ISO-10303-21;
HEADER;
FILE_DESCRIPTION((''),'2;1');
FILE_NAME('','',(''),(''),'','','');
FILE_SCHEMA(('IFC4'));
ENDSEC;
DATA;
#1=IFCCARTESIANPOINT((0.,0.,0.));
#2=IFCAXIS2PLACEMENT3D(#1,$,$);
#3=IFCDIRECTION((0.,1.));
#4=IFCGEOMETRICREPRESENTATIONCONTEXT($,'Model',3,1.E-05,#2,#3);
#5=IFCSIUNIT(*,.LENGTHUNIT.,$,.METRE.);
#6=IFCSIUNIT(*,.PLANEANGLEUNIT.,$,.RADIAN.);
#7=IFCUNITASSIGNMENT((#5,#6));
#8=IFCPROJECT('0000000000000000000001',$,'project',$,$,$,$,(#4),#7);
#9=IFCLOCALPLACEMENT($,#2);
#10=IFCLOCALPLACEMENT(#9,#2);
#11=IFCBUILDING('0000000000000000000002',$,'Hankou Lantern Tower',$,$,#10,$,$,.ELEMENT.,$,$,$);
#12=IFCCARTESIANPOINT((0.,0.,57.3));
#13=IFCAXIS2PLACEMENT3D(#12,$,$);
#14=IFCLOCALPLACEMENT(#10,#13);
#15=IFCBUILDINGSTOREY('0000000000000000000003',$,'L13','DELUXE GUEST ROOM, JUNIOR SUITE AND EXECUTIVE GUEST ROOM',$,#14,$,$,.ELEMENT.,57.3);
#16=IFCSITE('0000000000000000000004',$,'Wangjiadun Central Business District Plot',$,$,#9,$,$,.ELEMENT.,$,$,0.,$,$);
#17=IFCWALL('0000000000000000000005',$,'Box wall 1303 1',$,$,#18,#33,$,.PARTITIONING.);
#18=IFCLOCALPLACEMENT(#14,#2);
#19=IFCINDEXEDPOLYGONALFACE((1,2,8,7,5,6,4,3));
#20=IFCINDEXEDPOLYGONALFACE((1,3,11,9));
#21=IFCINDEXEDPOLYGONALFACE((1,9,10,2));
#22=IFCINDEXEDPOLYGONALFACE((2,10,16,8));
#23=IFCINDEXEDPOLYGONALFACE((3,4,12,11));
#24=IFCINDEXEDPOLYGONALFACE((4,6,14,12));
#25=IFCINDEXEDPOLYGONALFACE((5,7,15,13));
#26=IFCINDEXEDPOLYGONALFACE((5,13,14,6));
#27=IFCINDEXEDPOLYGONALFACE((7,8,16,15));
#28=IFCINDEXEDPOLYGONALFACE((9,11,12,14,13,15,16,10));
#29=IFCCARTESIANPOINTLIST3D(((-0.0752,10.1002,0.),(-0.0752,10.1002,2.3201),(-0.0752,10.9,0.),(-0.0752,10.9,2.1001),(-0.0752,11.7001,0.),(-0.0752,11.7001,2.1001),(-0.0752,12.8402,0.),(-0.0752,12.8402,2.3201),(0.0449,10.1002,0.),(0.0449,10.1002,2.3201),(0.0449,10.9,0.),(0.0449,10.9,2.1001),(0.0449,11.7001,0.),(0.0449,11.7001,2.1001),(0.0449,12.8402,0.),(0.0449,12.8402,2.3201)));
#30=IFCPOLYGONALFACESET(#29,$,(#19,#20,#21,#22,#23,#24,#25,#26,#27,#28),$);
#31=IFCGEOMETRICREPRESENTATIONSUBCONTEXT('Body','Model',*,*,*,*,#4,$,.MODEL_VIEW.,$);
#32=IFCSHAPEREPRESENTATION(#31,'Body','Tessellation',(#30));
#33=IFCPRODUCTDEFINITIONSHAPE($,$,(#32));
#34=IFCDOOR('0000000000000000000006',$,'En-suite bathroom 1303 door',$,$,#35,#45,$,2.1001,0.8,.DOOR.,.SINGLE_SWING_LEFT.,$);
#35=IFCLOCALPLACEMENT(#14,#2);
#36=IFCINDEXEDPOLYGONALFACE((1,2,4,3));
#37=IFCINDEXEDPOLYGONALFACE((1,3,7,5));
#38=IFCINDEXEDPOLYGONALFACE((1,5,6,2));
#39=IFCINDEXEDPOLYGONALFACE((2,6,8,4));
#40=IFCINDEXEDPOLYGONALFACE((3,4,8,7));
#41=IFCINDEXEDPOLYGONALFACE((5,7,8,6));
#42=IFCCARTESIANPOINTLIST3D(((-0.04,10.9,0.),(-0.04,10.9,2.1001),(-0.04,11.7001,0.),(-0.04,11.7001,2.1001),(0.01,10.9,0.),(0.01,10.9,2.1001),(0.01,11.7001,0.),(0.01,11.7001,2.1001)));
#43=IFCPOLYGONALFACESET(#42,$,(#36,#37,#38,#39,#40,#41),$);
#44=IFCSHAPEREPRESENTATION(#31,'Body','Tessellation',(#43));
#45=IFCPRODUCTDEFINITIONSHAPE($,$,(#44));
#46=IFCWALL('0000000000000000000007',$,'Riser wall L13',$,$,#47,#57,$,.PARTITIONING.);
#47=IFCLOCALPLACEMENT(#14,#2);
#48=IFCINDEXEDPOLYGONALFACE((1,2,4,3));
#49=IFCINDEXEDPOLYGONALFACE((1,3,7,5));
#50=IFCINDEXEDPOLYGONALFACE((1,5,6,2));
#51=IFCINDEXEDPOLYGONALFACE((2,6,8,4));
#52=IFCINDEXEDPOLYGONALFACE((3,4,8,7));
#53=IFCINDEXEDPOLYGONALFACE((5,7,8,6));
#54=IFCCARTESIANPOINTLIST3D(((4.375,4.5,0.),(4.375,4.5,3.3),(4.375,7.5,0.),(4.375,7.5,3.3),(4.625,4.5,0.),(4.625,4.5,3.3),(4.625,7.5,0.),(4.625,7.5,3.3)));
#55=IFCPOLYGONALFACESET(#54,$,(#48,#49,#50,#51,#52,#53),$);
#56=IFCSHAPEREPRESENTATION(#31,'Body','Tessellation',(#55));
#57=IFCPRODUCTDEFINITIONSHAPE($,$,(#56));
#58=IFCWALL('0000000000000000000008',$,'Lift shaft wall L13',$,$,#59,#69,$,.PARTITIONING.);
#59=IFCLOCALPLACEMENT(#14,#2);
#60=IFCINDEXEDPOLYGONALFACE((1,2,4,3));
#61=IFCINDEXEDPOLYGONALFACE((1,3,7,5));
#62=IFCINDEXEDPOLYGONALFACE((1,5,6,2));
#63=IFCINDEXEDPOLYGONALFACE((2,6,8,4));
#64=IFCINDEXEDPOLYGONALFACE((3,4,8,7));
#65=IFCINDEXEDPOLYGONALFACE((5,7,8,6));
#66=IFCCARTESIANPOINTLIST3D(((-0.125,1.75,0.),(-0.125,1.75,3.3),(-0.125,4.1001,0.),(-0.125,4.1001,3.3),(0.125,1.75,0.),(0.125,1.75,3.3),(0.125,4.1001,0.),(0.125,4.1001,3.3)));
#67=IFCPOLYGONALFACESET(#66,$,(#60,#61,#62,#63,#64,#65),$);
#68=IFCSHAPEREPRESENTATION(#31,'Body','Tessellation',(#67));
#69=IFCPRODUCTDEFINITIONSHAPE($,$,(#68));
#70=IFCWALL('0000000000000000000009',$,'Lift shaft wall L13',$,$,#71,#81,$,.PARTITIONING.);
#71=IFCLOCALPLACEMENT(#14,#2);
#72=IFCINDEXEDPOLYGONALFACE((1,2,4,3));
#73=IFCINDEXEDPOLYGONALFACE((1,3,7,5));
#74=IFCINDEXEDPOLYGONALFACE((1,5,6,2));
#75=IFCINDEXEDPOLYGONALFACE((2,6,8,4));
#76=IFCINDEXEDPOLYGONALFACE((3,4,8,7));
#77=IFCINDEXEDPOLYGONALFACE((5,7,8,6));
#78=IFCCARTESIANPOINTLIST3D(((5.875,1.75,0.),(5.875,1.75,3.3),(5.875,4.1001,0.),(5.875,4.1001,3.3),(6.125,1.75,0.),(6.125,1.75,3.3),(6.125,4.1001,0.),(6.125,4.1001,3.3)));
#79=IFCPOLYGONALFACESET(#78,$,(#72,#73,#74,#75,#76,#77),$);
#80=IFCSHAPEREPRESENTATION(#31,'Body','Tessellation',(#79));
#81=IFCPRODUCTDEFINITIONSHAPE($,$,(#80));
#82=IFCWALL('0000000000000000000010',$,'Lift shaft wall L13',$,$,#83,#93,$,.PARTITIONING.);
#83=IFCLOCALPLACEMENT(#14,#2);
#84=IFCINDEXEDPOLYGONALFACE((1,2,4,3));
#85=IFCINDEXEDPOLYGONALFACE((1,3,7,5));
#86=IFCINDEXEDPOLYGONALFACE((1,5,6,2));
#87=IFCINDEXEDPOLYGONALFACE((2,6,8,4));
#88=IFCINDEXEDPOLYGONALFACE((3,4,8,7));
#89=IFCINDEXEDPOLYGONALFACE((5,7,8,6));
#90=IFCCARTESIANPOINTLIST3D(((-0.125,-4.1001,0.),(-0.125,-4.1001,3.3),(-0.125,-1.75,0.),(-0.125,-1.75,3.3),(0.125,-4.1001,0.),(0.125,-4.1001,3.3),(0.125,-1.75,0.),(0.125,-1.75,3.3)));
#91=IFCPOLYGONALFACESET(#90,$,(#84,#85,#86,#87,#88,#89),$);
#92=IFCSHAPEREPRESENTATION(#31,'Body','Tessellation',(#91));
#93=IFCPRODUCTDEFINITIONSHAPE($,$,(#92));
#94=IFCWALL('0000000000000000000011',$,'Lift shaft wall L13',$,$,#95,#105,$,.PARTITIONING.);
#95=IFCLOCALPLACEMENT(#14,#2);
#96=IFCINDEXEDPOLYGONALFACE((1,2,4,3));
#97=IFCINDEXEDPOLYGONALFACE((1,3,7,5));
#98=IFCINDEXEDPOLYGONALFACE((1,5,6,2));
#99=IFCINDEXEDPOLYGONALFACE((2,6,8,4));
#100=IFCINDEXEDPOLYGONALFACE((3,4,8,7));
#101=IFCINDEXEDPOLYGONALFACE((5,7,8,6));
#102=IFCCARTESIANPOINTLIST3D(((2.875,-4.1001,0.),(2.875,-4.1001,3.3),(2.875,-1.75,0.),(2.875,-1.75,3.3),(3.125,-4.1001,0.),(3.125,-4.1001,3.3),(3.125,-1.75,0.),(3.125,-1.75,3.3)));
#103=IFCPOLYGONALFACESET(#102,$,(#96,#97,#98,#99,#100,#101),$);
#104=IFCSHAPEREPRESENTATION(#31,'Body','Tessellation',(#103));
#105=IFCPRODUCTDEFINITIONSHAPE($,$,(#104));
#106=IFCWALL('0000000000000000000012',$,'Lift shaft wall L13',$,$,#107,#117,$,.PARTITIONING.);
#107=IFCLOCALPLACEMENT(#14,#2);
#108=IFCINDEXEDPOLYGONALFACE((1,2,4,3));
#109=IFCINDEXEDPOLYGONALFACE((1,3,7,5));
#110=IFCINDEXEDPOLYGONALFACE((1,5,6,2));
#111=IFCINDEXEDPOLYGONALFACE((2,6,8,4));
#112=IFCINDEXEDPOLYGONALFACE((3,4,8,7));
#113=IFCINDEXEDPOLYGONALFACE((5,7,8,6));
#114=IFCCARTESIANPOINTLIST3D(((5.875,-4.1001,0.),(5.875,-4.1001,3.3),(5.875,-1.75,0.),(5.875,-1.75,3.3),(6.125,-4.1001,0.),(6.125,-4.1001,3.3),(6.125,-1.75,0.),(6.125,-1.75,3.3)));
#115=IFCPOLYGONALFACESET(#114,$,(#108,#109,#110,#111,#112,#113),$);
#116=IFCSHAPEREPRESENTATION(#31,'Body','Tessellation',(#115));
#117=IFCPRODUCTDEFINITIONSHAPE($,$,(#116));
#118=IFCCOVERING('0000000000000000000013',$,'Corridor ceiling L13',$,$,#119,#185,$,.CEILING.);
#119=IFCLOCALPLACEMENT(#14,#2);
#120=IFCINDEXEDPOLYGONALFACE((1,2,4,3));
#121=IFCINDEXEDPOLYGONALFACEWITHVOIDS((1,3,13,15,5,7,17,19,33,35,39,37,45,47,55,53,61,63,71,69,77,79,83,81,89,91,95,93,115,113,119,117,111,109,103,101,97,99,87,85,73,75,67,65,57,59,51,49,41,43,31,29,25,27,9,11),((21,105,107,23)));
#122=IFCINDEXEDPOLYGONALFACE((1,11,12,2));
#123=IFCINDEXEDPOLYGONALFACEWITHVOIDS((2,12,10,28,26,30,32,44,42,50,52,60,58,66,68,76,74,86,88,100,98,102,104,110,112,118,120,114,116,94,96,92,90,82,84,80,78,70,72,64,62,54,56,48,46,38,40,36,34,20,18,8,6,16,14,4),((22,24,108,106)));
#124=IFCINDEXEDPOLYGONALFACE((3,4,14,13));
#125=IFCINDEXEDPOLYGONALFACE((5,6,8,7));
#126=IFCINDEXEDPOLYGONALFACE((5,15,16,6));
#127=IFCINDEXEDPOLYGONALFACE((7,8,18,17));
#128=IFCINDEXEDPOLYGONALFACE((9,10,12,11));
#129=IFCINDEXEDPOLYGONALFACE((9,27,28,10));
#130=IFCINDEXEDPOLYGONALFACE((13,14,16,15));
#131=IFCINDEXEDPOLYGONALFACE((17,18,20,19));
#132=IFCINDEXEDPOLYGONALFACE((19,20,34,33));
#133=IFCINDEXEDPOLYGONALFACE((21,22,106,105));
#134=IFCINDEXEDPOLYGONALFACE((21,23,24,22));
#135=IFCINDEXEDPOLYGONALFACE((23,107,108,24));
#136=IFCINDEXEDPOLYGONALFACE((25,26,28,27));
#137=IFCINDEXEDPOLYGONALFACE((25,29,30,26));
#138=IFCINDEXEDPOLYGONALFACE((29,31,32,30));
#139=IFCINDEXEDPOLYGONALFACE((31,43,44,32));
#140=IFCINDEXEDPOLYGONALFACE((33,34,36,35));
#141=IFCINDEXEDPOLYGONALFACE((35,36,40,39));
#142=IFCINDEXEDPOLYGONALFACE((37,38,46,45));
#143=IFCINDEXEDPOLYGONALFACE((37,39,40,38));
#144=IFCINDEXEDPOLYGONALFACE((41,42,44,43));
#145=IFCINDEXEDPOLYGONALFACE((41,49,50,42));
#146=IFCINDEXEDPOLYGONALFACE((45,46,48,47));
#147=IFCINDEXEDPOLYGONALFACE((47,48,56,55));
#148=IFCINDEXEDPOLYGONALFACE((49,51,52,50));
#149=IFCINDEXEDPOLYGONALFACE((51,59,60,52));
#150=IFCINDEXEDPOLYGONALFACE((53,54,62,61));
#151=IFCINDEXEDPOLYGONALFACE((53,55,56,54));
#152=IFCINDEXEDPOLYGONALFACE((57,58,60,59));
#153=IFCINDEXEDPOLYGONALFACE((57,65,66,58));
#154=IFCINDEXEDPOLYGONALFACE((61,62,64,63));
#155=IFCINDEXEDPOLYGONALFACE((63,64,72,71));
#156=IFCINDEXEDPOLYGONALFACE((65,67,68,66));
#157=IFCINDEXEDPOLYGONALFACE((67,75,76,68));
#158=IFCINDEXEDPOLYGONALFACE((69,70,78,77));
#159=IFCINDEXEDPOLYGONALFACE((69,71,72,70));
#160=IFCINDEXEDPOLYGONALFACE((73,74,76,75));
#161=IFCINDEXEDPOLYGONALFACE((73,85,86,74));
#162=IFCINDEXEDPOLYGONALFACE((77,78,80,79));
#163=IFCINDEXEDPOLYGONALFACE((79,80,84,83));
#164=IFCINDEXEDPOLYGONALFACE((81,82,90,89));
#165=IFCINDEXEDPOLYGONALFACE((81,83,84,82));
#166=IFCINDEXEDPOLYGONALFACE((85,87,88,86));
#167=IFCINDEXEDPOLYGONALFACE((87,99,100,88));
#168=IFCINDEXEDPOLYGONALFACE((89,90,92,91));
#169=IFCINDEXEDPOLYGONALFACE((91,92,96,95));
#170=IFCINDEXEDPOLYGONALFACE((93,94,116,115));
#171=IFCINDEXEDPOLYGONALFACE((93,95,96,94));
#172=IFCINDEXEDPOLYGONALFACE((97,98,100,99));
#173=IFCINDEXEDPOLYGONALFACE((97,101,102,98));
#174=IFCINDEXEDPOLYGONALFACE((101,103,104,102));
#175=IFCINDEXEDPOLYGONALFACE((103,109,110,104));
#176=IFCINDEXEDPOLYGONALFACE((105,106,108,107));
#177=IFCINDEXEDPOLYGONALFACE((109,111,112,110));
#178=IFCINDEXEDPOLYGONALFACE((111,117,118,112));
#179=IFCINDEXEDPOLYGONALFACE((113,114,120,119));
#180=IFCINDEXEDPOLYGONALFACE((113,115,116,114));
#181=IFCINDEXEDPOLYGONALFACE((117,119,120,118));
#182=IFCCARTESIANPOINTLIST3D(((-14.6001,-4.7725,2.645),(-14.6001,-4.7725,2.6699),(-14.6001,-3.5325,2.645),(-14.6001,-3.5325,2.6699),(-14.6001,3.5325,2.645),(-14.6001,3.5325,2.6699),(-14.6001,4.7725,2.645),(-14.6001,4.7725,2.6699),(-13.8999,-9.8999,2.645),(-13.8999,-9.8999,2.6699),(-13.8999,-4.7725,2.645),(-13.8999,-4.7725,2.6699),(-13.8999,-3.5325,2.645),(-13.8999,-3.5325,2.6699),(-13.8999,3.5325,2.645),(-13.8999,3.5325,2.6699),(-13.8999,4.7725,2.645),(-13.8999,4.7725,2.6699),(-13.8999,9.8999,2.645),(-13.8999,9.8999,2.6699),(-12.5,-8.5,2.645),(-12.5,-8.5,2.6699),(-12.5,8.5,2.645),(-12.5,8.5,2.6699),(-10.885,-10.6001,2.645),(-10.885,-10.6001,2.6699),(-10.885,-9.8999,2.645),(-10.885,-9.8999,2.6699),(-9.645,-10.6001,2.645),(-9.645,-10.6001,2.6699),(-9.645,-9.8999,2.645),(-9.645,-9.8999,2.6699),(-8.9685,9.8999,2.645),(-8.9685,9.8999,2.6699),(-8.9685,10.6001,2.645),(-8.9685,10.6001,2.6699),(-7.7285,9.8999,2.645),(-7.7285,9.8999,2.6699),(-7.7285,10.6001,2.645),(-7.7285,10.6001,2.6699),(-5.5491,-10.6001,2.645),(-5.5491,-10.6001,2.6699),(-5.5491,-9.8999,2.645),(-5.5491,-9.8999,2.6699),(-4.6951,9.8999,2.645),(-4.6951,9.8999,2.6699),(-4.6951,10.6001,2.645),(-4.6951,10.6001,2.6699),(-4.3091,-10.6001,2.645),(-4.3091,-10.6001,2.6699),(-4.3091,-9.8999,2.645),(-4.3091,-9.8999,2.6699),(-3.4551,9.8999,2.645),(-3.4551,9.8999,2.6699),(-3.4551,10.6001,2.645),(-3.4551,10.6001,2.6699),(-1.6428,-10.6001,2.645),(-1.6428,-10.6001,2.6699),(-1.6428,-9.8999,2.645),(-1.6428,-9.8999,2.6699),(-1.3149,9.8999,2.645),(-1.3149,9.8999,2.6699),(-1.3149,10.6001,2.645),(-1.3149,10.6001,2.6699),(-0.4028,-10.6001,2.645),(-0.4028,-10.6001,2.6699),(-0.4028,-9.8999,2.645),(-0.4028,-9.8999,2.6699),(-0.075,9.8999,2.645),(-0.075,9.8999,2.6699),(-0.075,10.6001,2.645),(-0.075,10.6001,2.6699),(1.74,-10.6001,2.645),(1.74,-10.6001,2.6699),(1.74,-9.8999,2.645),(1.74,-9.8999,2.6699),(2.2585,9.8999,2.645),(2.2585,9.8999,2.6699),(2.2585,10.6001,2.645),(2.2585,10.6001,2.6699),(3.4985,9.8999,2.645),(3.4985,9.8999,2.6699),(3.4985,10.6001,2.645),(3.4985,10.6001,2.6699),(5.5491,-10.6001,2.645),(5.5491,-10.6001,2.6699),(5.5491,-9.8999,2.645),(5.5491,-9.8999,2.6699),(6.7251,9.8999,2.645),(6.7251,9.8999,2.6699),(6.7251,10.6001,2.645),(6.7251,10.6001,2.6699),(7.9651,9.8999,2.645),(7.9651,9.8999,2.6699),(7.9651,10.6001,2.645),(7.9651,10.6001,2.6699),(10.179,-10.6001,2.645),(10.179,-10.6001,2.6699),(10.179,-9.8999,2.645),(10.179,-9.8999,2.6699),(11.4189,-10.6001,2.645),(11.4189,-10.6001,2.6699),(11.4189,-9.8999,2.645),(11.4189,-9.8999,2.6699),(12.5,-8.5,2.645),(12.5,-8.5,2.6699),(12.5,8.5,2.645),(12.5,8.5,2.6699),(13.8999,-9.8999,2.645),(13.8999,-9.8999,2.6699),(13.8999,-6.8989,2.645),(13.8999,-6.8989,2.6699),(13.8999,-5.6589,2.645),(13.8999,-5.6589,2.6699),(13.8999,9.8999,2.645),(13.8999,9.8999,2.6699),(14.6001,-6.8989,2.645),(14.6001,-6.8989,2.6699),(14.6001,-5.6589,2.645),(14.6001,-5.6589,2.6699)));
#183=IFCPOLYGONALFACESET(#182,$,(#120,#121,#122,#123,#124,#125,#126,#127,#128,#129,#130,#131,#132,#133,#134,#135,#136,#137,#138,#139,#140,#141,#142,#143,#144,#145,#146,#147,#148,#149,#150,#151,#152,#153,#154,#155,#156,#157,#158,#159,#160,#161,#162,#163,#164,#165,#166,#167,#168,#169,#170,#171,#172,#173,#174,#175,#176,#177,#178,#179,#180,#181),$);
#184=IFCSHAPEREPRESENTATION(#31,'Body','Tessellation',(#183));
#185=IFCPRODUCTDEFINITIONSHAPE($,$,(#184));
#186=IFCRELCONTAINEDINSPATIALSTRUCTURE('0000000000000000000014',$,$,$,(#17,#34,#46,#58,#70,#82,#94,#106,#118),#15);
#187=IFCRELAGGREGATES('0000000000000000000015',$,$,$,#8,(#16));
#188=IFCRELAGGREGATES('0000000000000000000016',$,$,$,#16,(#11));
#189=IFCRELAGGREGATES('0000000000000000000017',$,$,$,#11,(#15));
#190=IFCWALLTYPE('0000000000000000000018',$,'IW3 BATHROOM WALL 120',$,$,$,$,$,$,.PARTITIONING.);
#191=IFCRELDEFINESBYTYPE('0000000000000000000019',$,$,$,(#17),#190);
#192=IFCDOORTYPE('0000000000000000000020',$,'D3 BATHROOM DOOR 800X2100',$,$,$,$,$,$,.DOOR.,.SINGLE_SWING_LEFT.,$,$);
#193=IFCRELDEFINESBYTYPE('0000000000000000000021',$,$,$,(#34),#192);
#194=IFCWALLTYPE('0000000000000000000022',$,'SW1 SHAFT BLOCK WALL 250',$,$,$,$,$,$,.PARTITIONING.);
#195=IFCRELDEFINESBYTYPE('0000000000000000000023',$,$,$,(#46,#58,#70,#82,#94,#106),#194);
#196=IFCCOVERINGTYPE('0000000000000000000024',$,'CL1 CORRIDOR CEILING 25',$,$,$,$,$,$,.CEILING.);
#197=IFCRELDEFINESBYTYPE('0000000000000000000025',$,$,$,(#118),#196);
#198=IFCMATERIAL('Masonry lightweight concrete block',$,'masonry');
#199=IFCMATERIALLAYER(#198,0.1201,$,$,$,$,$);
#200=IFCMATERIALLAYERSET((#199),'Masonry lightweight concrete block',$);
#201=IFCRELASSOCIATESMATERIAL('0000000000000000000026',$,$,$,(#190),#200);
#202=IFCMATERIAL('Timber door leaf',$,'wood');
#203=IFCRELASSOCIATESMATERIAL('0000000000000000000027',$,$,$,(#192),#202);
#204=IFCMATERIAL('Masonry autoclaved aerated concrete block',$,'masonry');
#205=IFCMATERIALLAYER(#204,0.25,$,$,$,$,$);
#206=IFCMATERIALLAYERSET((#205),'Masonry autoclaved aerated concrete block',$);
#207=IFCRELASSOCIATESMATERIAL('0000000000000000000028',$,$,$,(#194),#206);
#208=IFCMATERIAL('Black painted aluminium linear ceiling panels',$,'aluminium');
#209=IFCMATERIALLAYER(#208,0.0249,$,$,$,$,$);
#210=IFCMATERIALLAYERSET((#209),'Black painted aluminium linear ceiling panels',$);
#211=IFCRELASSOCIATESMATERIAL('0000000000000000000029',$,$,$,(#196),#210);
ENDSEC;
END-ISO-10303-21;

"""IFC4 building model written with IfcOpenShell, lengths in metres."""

from ifc_helpers import new_model, si_unit, direction, frame, frame_2d, origin, place, context, subcontext, project, spatial, polyline, rectangle, outline, extrude, material, layer, layer_set, type_object, element, fill, save


model = new_model("IFC4")

# Units and contexts
model_context = context("Model", 3, precision=1e-05, world=origin(), true_north=direction((0.0, 1.0)))
body_context = subcontext(model_context, "Body", "Model", "MODEL_VIEW")
ifc_project = project(units=[si_unit("LENGTHUNIT", "METRE"), si_unit("PLANEANGLEUNIT", "RADIAN")], contexts=[model_context])

# Site, building, storey
site_placement = place(None, origin())
site = spatial("IfcSite", under=ifc_project, at=site_placement, Name="Wangjiadun Central Business District Plot", CompositionType="ELEMENT", RefElevation=0.0)
building_placement = place(site_placement, origin())
building = spatial("IfcBuilding", under=site, at=building_placement, Name="Hankou Lantern Tower", CompositionType="ELEMENT")
storey_placement = place(building_placement, frame((0.0, 0.0, 57.3)))
storey = spatial("IfcBuildingStorey", under=building, at=storey_placement, Name="L13", Description="DELUXE GUEST ROOM, JUNIOR SUITE AND EXECUTIVE GUEST ROOM", CompositionType="ELEMENT", Elevation=57.3)

# Wall, opening, door
ifc_material_1 = material(Name="Masonry lightweight concrete block", Category="masonry")
ifc_layer_1 = layer(ifc_material_1, 0.1201)
ifc_layer_set_1 = layer_set([ifc_layer_1], Name="Masonry lightweight concrete block")
wall_type_1 = type_object("IfcWallType", Name="IW3 BATHROOM WALL 120", PredefinedType="PARTITIONING", material=ifc_layer_set_1)
wall_1_placement = place(storey_placement, frame((-0.0151, 10.1001, 0.0), z_axis=(0.0, 0.0, 1.0), x_axis=(0.0, 1.0, 0.0)))
wall_1 = element("IfcWall", 1, at=wall_1_placement, inside=storey, type_object=wall_type_1, Name="Box wall 1303 1", PredefinedType="PARTITIONING", context=body_context, shape_type="SweptSolid", body=[
    extrude(rectangle(XDim=2.74, YDim=0.1201, at=frame_2d((1.3701, 0.0))), origin(), (0.0, 0.0, 1.0), 2.3201),
])
opening_1_placement = place(wall_1_placement, frame((0.8, 0.0, 0.0)))
opening_1 = element("IfcOpeningElement", 2, at=opening_1_placement, cuts=wall_1, PredefinedType="OPENING", context=body_context, shape_type="SweptSolid", body=[
    extrude(rectangle(XDim=0.8, YDim=2.1001, at=frame_2d((0.3999, 1.05))), frame((0.0, 0.0701, 0.0), z_axis=(0.0, -1.0, 0.0), x_axis=(1.0, 0.0, 0.0)), (0.0, 0.0, 1.0), 0.1401),
])
ifc_material_2 = material(Name="Timber door leaf", Category="wood")
door_type_1 = type_object("IfcDoorType", Name="D3 BATHROOM DOOR 800X2100", OperationType="SINGLE_SWING_LEFT", PredefinedType="DOOR", material=ifc_material_2)
door_1_placement = place(opening_1_placement, origin())
door_1 = element("IfcDoor", 3, at=door_1_placement, inside=storey, type_object=door_type_1, Name="En-suite bathroom 1303 door", OperationType="SINGLE_SWING_LEFT", OverallHeight=2.1001, OverallWidth=0.8, PredefinedType="DOOR", context=body_context, shape_type="SweptSolid", body=[
    extrude(rectangle(XDim=0.8, YDim=2.1001, at=frame_2d((0.3999, 1.05))), frame((0.0, 0.0249, 0.0), z_axis=(0.0, -1.0, 0.0), x_axis=(1.0, 0.0, 0.0)), (0.0, 0.0, 1.0), 0.05),
])
fill(opening_1, door_1)

# Walls
ifc_material_3 = material(Name="Masonry autoclaved aerated concrete block", Category="masonry")
ifc_layer_2 = layer(ifc_material_3, 0.25)
ifc_layer_set_2 = layer_set([ifc_layer_2], Name="Masonry autoclaved aerated concrete block")
wall_type_2 = type_object("IfcWallType", Name="SW1 SHAFT BLOCK WALL 250", PredefinedType="PARTITIONING", material=ifc_layer_set_2)
wall_2_placement = place(storey_placement, frame((4.5, 4.5, 0.0), z_axis=(0.0, 0.0, 1.0), x_axis=(0.0, 1.0, 0.0)))
element("IfcWall", 4, at=wall_2_placement, inside=storey, type_object=wall_type_2, Name="Riser wall L13", PredefinedType="PARTITIONING", context=body_context, shape_type="SweptSolid", body=[
    extrude(rectangle(XDim=3.0, YDim=0.25, at=frame_2d((1.5, 0.0))), origin(), (0.0, 0.0, 1.0), 3.3),
])
for number, where, z_axis, x_axis, name in (
    (5, (0.0, 1.75, 0.0), (0.0, 0.0, 1.0), (0.0, 1.0, 0.0), "Lift shaft wall L13"),
    (6, (6.0, 1.75, 0.0), (0.0, 0.0, 1.0), (0.0, 1.0, 0.0), "Lift shaft wall L13"),
    (7, (0.0, -4.1001, 0.0), (0.0, 0.0, 1.0), (0.0, 1.0, 0.0), "Lift shaft wall L13"),
    (8, (3.0, -4.1001, 0.0), (0.0, 0.0, 1.0), (0.0, 1.0, 0.0), "Lift shaft wall L13"),
    (9, (6.0, -4.1001, 0.0), (0.0, 0.0, 1.0), (0.0, 1.0, 0.0), "Lift shaft wall L13"),
):
    element("IfcWall", number, at=place(storey_placement, frame(where, z_axis=z_axis, x_axis=x_axis)), inside=storey, type_object=wall_type_2, Name=name, PredefinedType="PARTITIONING", context=body_context, shape_type="SweptSolid", body=[
        extrude(rectangle(XDim=2.3501, YDim=0.25, at=frame_2d((1.175, 0.0))), origin(), (0.0, 0.0, 1.0), 3.3),
    ])

# Covering
ifc_material_4 = material(Name="Black painted aluminium linear ceiling panels", Category="aluminium")
ifc_layer_3 = layer(ifc_material_4, 0.0249)
ifc_layer_set_3 = layer_set([ifc_layer_3], Name="Black painted aluminium linear ceiling panels")
covering_type_1 = type_object("IfcCoveringType", Name="CL1 CORRIDOR CEILING 25", PredefinedType="CEILING", material=ifc_layer_set_3)
covering_1_placement = place(storey_placement, frame((0.0, 0.0, 2.645)))
element("IfcCovering", 10, at=covering_1_placement, inside=storey, type_object=covering_type_1, Name="Corridor ceiling L13", PredefinedType="CEILING", context=body_context, shape_type="SweptSolid", body=[
    extrude(outline(polyline([(-10.885, -10.6001), (-9.645, -10.6001), (-9.645, -9.8999), (-5.5491, -9.8999), (-5.5491, -10.6001), (-4.3091, -10.6001), (-4.3091, -9.8999), (-1.6428, -9.8999), (-1.6428, -10.6001), (-0.4028, -10.6001), (-0.4028, -9.8999), (1.74, -9.8999), (1.74, -10.6001), (5.5491, -10.6001), (5.5491, -9.8999), (10.179, -9.8999), (10.179, -10.6001), (11.4189, -10.6001), (11.4189, -9.8999), (13.8999, -9.8999), (13.8999, -6.8989), (14.6001, -6.8989), (14.6001, -5.6589), (13.8999, -5.6589), (13.8999, 9.8999), (7.9651, 9.8999), (7.9651, 10.6001), (6.7251, 10.6001), (6.7251, 9.8999), (3.4985, 9.8999), (3.4985, 10.6001), (2.2585, 10.6001), (2.2585, 9.8999), (-0.075, 9.8999), (-0.075, 10.6001), (-1.3149, 10.6001), (-1.3149, 9.8999), (-3.4551, 9.8999), (-3.4551, 10.6001), (-4.6951, 10.6001), (-4.6951, 9.8999), (-7.7285, 9.8999), (-7.7285, 10.6001), (-8.9685, 10.6001), (-8.9685, 9.8999), (-13.8999, 9.8999), (-13.8999, 4.7725), (-14.6001, 4.7725), (-14.6001, 3.5325), (-13.8999, 3.5325), (-13.8999, -3.5325), (-14.6001, -3.5325), (-14.6001, -4.7725), (-13.8999, -4.7725), (-13.8999, -9.8999), (-10.885, -9.8999), (-10.885, -10.6001)]), holes=[polyline([(-12.5, 8.5), (12.5, 8.5), (12.5, -8.5), (-12.5, -8.5), (-12.5, 8.5)])]), origin(), (0.0, 0.0, 1.0), 0.0249),
])

save(model, "model.ifc")
